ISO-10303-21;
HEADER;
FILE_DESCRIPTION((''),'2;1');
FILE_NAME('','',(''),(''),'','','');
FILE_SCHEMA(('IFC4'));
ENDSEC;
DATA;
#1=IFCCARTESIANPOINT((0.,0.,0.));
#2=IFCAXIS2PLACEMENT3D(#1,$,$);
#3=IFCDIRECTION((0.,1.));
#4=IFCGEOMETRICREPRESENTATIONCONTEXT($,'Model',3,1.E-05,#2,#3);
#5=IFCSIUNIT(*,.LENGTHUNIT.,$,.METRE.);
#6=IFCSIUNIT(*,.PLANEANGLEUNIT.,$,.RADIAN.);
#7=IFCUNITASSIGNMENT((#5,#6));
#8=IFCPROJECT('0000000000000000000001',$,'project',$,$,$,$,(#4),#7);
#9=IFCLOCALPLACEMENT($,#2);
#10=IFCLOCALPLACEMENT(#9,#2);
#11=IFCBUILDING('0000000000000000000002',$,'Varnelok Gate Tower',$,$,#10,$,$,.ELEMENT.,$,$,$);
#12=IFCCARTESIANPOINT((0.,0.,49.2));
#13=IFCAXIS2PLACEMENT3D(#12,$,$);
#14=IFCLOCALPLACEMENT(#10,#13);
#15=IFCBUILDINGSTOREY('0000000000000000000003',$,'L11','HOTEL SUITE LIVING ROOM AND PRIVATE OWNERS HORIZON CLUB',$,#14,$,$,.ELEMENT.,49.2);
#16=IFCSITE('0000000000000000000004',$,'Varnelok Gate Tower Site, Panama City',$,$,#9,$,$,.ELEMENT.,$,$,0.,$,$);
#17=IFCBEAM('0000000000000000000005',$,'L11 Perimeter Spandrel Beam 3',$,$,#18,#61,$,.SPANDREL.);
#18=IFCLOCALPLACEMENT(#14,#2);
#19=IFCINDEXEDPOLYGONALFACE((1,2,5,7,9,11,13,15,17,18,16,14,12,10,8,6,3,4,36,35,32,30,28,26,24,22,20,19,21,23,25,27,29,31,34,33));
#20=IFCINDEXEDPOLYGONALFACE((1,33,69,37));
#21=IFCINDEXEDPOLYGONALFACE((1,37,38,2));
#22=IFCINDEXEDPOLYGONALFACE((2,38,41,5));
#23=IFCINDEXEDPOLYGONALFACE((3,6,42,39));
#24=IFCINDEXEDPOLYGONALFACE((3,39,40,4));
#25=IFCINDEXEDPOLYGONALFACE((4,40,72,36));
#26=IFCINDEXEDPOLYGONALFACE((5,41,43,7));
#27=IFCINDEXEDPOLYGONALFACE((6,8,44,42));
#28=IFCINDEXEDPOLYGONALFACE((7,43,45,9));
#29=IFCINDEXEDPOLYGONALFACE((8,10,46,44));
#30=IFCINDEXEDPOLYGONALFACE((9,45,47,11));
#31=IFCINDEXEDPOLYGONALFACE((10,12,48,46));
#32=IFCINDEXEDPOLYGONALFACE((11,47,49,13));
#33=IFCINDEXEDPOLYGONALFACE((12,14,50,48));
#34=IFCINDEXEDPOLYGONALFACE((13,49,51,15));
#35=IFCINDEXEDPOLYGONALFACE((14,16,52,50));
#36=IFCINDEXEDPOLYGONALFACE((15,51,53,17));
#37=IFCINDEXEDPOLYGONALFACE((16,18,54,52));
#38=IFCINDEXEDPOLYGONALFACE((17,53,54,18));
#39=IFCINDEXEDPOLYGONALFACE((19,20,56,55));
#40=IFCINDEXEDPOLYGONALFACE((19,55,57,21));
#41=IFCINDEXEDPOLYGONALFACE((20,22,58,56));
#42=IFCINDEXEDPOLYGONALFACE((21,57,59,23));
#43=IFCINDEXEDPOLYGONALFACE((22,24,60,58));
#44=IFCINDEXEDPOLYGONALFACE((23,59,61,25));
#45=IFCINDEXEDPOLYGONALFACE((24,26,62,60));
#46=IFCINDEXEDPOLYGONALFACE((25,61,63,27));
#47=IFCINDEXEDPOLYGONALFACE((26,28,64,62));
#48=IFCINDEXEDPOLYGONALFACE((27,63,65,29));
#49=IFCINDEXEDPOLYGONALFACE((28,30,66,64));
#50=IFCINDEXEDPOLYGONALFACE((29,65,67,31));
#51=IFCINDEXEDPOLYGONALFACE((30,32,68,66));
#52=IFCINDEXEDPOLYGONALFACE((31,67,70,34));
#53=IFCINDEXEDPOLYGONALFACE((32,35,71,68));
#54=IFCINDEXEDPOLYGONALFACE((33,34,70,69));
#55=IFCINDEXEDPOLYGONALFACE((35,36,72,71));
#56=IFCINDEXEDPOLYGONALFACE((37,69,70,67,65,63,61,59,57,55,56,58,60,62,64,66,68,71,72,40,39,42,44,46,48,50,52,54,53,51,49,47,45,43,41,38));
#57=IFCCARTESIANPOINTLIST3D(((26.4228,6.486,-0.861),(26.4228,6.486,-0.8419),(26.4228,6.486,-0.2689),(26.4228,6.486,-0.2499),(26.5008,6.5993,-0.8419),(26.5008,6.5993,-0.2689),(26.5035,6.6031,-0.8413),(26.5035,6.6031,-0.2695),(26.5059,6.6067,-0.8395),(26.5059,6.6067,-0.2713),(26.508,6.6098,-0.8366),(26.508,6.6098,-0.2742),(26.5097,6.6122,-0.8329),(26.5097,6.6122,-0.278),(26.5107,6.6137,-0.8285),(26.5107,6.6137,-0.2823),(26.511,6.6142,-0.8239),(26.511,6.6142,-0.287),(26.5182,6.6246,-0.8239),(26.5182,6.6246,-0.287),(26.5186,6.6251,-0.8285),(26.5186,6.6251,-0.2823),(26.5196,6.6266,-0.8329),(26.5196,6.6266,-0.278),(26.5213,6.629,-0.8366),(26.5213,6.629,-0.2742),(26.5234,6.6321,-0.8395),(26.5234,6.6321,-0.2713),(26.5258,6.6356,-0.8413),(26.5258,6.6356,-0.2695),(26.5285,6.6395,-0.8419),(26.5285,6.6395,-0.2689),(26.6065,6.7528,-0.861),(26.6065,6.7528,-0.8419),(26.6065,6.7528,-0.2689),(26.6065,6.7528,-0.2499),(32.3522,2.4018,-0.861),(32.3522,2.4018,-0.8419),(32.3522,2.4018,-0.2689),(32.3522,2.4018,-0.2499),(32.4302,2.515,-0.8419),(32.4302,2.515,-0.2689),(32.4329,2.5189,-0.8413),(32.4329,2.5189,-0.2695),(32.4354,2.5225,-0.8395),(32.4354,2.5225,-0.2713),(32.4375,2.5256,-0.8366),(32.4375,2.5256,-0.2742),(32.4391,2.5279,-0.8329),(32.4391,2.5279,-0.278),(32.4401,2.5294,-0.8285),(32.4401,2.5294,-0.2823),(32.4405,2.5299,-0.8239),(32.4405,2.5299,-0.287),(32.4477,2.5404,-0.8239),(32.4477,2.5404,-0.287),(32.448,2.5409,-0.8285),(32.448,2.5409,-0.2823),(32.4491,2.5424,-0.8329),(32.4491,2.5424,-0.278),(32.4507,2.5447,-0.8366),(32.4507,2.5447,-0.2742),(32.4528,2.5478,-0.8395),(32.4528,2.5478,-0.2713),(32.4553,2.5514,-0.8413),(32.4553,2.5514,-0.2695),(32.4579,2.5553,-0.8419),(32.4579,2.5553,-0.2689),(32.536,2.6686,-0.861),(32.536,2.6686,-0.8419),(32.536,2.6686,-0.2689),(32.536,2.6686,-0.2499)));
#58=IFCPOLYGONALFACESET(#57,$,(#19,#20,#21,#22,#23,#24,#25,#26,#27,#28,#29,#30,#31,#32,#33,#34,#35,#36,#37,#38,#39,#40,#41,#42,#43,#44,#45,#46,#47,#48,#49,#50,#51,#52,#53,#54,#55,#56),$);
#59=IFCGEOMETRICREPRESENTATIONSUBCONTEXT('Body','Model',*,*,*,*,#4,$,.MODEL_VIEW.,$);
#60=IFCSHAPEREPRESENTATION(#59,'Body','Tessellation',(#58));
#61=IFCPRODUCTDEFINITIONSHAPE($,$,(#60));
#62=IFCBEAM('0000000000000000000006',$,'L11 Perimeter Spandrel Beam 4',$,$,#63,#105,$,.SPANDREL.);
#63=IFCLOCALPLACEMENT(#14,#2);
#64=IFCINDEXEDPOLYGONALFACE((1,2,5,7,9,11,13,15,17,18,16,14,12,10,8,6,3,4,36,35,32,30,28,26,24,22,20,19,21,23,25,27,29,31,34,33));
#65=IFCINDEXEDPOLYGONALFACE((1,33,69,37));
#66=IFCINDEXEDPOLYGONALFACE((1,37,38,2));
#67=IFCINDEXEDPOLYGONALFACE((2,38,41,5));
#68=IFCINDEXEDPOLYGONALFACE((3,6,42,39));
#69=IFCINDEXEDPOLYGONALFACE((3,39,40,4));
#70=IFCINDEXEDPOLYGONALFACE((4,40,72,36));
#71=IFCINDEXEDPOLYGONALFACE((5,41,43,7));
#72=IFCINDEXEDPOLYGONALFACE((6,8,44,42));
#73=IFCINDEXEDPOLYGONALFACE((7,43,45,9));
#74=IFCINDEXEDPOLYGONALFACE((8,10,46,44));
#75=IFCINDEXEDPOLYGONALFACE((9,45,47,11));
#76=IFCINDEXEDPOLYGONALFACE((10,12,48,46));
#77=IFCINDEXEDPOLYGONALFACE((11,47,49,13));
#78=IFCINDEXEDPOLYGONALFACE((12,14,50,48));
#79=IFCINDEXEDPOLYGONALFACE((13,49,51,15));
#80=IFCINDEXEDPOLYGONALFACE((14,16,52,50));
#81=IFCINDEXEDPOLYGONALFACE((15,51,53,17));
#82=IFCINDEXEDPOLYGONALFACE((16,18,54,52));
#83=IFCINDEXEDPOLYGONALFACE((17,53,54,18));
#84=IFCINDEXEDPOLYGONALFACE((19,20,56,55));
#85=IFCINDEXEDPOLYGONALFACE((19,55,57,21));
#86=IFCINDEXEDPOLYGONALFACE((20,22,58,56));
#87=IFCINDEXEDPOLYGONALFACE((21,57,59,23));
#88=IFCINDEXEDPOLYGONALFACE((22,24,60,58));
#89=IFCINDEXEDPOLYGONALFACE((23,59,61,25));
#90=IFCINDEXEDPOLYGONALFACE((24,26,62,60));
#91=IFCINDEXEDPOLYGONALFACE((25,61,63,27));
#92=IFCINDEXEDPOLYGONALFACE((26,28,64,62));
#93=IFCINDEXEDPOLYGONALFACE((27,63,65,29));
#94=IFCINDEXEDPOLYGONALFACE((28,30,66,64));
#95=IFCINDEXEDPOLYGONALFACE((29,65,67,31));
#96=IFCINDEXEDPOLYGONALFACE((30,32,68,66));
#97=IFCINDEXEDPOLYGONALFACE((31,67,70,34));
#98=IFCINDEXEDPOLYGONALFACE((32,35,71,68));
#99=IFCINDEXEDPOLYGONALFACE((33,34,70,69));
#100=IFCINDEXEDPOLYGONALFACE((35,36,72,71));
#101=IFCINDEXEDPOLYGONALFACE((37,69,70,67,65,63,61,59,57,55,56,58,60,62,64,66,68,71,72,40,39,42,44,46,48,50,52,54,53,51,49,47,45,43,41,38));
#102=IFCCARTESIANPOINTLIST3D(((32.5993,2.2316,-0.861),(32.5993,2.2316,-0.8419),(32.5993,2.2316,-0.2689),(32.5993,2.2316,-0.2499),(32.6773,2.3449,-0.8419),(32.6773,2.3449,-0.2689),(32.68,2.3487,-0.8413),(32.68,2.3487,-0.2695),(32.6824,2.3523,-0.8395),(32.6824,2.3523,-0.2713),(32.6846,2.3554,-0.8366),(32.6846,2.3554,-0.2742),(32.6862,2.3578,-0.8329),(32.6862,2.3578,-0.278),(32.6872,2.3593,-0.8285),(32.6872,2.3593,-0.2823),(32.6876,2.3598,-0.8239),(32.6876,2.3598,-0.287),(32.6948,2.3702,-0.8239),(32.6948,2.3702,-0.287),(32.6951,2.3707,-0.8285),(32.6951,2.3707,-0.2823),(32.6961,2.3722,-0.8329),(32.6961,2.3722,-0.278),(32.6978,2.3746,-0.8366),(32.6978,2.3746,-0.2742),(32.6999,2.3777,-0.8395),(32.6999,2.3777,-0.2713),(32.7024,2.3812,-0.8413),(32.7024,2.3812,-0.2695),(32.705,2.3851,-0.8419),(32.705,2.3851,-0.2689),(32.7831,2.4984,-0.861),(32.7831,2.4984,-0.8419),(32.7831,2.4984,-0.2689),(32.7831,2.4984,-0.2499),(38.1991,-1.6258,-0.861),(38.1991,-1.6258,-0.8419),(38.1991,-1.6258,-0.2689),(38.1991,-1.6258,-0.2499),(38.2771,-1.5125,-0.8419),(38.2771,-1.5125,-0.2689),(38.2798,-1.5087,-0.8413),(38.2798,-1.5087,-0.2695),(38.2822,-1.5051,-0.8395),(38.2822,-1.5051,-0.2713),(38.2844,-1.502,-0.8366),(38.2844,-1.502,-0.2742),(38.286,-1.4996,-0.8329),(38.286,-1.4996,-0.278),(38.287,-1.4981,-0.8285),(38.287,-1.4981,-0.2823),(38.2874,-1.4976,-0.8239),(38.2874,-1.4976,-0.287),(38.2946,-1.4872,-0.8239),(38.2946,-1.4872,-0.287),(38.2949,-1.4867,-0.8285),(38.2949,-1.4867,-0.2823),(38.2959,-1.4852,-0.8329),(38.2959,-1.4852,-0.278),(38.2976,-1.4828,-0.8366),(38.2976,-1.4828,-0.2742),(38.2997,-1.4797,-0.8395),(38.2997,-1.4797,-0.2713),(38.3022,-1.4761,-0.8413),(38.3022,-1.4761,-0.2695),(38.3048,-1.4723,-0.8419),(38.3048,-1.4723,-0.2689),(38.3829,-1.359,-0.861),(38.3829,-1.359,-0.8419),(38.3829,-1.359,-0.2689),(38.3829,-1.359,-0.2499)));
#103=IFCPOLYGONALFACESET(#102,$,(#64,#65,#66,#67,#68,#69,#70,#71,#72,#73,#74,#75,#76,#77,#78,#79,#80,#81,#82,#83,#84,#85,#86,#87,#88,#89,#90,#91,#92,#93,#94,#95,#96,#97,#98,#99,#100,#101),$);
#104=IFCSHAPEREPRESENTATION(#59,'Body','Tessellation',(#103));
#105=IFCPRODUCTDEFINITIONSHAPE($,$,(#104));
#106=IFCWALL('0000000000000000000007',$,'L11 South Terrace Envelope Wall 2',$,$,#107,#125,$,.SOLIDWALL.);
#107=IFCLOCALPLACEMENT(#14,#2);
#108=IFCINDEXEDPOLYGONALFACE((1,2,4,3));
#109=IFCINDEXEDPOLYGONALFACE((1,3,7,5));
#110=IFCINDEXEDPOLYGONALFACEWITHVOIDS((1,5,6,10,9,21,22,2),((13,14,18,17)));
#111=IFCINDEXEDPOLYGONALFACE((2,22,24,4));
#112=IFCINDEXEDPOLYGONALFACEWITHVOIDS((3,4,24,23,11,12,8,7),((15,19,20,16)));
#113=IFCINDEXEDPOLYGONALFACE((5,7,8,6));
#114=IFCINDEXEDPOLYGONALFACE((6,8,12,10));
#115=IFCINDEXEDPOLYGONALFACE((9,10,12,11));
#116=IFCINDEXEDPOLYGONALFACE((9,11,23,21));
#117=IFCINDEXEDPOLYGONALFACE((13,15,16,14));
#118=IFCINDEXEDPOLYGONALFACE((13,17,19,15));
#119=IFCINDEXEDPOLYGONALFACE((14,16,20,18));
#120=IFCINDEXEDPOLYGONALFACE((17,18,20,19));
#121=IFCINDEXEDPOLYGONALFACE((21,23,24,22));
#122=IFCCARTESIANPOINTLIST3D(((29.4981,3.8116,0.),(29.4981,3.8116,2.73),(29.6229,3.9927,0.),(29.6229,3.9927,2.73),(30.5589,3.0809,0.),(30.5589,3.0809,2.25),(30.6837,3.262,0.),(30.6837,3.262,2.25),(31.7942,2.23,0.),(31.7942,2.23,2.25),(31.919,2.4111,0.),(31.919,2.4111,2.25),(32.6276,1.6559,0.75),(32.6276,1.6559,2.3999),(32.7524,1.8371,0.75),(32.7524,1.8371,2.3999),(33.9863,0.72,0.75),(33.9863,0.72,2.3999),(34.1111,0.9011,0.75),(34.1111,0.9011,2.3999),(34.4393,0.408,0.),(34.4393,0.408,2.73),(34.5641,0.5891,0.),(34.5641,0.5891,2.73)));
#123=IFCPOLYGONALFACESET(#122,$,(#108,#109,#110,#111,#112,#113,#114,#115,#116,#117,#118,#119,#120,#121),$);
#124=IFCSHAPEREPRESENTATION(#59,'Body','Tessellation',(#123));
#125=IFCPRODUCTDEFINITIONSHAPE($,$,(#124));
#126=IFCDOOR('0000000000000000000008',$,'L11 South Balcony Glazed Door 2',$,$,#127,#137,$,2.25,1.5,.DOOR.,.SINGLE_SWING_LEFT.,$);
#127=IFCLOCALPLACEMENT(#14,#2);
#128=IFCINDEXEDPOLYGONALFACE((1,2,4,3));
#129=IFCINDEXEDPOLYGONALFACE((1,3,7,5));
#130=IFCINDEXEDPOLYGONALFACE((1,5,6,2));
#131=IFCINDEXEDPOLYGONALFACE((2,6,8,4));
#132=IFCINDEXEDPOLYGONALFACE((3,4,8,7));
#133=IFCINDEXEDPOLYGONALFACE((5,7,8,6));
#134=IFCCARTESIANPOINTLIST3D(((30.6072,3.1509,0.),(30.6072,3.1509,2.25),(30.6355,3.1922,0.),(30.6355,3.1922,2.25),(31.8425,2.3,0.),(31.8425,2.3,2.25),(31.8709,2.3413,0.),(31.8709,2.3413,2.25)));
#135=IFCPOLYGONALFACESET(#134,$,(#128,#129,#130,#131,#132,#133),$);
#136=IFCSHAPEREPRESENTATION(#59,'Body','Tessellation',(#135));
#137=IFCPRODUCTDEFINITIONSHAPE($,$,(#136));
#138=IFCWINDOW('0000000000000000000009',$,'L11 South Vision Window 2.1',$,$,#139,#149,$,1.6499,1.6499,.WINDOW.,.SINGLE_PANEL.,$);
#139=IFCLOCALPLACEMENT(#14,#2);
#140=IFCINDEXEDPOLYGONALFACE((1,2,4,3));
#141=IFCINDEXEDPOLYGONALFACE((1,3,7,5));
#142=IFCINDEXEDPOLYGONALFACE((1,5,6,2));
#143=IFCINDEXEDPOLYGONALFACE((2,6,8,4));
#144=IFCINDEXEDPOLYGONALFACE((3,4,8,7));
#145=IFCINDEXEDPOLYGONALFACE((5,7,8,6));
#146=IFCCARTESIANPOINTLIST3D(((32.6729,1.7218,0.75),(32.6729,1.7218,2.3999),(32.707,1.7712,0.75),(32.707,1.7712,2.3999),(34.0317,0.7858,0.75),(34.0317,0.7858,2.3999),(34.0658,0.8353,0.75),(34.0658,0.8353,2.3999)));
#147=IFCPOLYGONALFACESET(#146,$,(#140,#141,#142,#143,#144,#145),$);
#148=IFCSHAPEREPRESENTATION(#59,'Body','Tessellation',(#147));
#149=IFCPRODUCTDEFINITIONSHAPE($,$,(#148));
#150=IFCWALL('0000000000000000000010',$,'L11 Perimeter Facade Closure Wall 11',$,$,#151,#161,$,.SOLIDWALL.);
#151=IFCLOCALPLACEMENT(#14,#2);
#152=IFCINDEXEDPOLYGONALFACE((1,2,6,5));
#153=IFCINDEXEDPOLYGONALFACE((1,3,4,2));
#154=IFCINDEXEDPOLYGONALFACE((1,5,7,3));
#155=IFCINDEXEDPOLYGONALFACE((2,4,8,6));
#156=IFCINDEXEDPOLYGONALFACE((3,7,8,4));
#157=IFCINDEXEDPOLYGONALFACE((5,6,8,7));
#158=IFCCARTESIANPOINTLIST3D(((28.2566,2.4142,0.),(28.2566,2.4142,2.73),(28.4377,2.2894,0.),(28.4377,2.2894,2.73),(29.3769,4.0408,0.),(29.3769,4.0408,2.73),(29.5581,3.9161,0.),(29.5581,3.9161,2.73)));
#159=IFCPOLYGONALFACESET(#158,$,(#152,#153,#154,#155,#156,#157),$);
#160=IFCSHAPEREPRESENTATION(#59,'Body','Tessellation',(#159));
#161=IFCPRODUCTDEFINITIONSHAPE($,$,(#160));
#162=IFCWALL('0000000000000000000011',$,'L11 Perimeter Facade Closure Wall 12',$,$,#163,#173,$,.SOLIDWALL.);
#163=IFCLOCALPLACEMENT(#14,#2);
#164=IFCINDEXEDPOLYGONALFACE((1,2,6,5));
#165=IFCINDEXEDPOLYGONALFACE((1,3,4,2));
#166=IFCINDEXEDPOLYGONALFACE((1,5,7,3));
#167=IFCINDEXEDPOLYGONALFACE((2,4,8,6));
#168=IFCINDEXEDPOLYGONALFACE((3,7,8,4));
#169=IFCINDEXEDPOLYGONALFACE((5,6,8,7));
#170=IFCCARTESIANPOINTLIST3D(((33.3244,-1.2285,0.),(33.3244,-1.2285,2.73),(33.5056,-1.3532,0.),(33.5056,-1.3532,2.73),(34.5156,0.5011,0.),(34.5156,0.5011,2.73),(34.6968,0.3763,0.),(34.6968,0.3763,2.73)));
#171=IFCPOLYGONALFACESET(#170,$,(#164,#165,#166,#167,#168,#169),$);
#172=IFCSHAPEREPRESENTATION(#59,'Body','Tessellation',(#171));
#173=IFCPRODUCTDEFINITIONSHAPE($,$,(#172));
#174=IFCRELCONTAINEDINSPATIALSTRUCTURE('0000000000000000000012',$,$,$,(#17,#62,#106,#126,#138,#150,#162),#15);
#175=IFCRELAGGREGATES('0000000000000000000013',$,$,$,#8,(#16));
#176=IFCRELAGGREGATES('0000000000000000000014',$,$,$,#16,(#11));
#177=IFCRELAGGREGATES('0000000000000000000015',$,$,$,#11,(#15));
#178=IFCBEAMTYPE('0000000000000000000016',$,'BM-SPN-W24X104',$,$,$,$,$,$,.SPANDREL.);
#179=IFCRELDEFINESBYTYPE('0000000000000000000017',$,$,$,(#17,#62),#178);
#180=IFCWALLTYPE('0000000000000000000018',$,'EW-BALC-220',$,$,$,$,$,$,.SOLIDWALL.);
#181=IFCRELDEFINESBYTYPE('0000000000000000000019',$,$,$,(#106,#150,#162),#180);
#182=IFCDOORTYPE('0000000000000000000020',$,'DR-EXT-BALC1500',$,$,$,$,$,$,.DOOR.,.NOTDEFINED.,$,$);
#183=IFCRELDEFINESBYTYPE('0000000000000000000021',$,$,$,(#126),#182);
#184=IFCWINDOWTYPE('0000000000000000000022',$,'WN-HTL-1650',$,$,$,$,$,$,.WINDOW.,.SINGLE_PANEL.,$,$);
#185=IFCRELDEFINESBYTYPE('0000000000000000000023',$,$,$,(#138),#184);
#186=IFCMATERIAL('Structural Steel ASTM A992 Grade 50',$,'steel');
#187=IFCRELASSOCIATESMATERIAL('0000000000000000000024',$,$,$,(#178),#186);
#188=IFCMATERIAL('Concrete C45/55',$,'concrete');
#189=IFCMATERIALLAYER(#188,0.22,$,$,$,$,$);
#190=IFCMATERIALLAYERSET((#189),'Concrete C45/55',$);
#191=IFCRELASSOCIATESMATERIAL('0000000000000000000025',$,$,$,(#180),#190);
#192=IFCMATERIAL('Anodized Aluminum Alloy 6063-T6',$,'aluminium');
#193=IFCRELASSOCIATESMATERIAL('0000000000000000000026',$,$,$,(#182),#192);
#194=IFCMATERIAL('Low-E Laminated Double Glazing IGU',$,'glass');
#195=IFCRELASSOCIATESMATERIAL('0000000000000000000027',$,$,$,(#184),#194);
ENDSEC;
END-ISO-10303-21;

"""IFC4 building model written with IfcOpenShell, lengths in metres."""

from ifc_helpers import new_model, si_unit, direction, frame, frame_2d, origin, origin_2d, place, context, subcontext, project, spatial, rectangle, i_section, extrude, material, layer, layer_set, material_profile, profile_set, type_object, element, fill, save


model = new_model("IFC4")

# Units and contexts
model_context = context("Model", 3, precision=1e-05, world=origin(), true_north=direction((0.0, 1.0)))
body_context = subcontext(model_context, "Body", "Model", "MODEL_VIEW")
ifc_project = project(units=[si_unit("LENGTHUNIT", "METRE"), si_unit("PLANEANGLEUNIT", "RADIAN")], contexts=[model_context])

# Site, building, storey
site_placement = place(None, origin())
site = spatial("IfcSite", under=ifc_project, at=site_placement, Name="Varnelok Gate Tower Site, Panama City", CompositionType="ELEMENT", RefElevation=0.0)
building_placement = place(site_placement, origin())
building = spatial("IfcBuilding", under=site, at=building_placement, Name="Varnelok Gate Tower", CompositionType="ELEMENT")
storey_placement = place(building_placement, frame((0.0, 0.0, 49.2)))
storey = spatial("IfcBuildingStorey", under=building, at=storey_placement, Name="L11", Description="HOTEL SUITE LIVING ROOM AND PRIVATE OWNERS HORIZON CLUB", CompositionType="ELEMENT", Elevation=49.2)

# Shared definitions
ifc_material_1 = material(Name="Structural Steel ASTM A992 Grade 50", Category="steel")

# Beams
ifc_material_profile_1 = material_profile(ifc_material_1, i_section(OverallWidth=0.324, OverallDepth=0.6111, WebThickness=0.0127, FlangeThickness=0.019, FilletRadius=0.0181, at=origin_2d()), Name="W24X104")
ifc_profile_set_1 = profile_set([ifc_material_profile_1], Name="Structural Steel ASTM A992 Grade 50")
beam_type_1 = type_object("IfcBeamType", Name="BM-SPN-W24X104", PredefinedType="SPANDREL", material=ifc_profile_set_1)
beam_1_placement = place(storey_placement, frame((26.5146, 6.6194, -0.5554), z_axis=(0.82354, -0.567258, 0.0), x_axis=(0.567258, 0.82354, 0.0)))
element("IfcBeam", 1, at=beam_1_placement, inside=storey, type_object=beam_type_1, Name="L11 Perimeter Spandrel Beam 3", PredefinedType="SPANDREL", context=body_context, shape_type="SweptSolid", body=[
    extrude(i_section(OverallWidth=0.324, OverallDepth=0.6111, WebThickness=0.0127, FlangeThickness=0.019, FilletRadius=0.0181, at=origin_2d()), origin(), (0.0, 0.0, 1.0), 7.2),
])
beam_2_placement = place(storey_placement, frame((32.6912, 2.365, -0.5554), z_axis=(0.823525, -0.56728, 0.0), x_axis=(0.56728, 0.823525, 0.0)))
element("IfcBeam", 2, at=beam_2_placement, inside=storey, type_object=beam_type_1, Name="L11 Perimeter Spandrel Beam 4", PredefinedType="SPANDREL", context=body_context, shape_type="SweptSolid", body=[
    extrude(i_section(OverallWidth=0.324, OverallDepth=0.6111, WebThickness=0.0127, FlangeThickness=0.019, FilletRadius=0.0181, at=origin_2d()), origin(), (0.0, 0.0, 1.0), 6.7998),
])

# Wall, openings, door, window
ifc_material_2 = material(Name="Concrete C45/55", Category="concrete")
ifc_layer_1 = layer(ifc_material_2, 0.22)
ifc_layer_set_1 = layer_set([ifc_layer_1], Name="Concrete C45/55")
wall_type_1 = type_object("IfcWallType", Name="EW-BALC-220", PredefinedType="SOLIDWALL", material=ifc_layer_set_1)
wall_1_placement = place(storey_placement, frame((34.5017, 0.4985, 0.0), z_axis=(0.0, 0.0, 1.0), x_axis=(-0.823535, 0.567266, 0.0)))
wall_1 = element("IfcWall", 3, at=wall_1_placement, inside=storey, type_object=wall_type_1, Name="L11 South Terrace Envelope Wall 2", PredefinedType="SOLIDWALL", context=body_context, shape_type="SweptSolid", body=[
    extrude(rectangle(XDim=6.0, YDim=0.22, at=frame_2d((3.0, 0.0))), origin(), (0.0, 0.0, 1.0), 2.73),
])
opening_1_placement = place(wall_1_placement, frame((3.2119, 0.0, 0.0)))
opening_1 = element("IfcOpeningElement", 4, at=opening_1_placement, cuts=wall_1, PredefinedType="OPENING", context=body_context, shape_type="SweptSolid", body=[
    extrude(rectangle(XDim=1.5, YDim=2.25, at=frame_2d((0.75, 1.125))), frame((0.0, 0.1199, 0.0), z_axis=(0.0, -1.0, 0.0), x_axis=(1.0, 0.0, 0.0)), (0.0, 0.0, 1.0), 0.24),
])
opening_2_placement = place(wall_1_placement, frame((0.55, 0.0, 0.75)))
opening_2 = element("IfcOpeningElement", 5, at=opening_2_placement, cuts=wall_1, PredefinedType="OPENING", context=body_context, shape_type="SweptSolid", body=[
    extrude(rectangle(XDim=1.6499, YDim=1.6499, at=frame_2d((0.825, 0.825))), frame((0.0, 0.1199, 0.0), z_axis=(0.0, -1.0, 0.0), x_axis=(1.0, 0.0, 0.0)), (0.0, 0.0, 1.0), 0.24),
])
ifc_material_3 = material(Name="Anodized Aluminum Alloy 6063-T6", Category="aluminium")
door_type_1 = type_object("IfcDoorType", Name="DR-EXT-BALC1500", OperationType="NOTDEFINED", PredefinedType="DOOR", material=ifc_material_3)
door_1_placement = place(opening_1_placement, origin())
door_1 = element("IfcDoor", 6, at=door_1_placement, inside=storey, type_object=door_type_1, Name="L11 South Balcony Glazed Door 2", OperationType="SINGLE_SWING_LEFT", OverallHeight=2.25, OverallWidth=1.5, PredefinedType="DOOR", context=body_context, shape_type="SweptSolid", body=[
    extrude(rectangle(XDim=1.5, YDim=2.25, at=frame_2d((0.75, 1.125))), frame((0.0, 0.0249, 0.0), z_axis=(0.0, -1.0, 0.0), x_axis=(1.0, 0.0, 0.0)), (0.0, 0.0, 1.0), 0.05),
])
fill(opening_1, door_1)
ifc_material_4 = material(Name="Low-E Laminated Double Glazing IGU", Category="glass")
window_type = type_object("IfcWindowType", Name="WN-HTL-1650", PartitioningType="SINGLE_PANEL", PredefinedType="WINDOW", material=ifc_material_4)
window_1_placement = place(opening_2_placement, origin())
window_1 = element("IfcWindow", 7, at=window_1_placement, inside=storey, type_object=window_type, Name="L11 South Vision Window 2.1", OverallHeight=1.6499, OverallWidth=1.6499, PartitioningType="SINGLE_PANEL", PredefinedType="WINDOW", context=body_context, shape_type="SweptSolid", body=[
    extrude(rectangle(XDim=1.6499, YDim=1.6499, at=frame_2d((0.825, 0.825))), frame((0.0, 0.03, 0.0), z_axis=(0.0, -1.0, 0.0), x_axis=(1.0, 0.0, 0.0)), (0.0, 0.0, 1.0), 0.0601),
])
fill(opening_2, window_1)

# Walls
wall_2_placement = place(storey_placement, frame((28.3472, 2.3518, 0.0), z_axis=(0.0, 0.0, 1.0), x_axis=(0.567216, 0.823569, 0.0)))
element("IfcWall", 8, at=wall_2_placement, inside=storey, type_object=wall_type_1, Name="L11 Perimeter Facade Closure Wall 11", PredefinedType="SOLIDWALL", context=body_context, shape_type="SweptSolid", body=[
    extrude(rectangle(XDim=1.9751, YDim=0.22, at=frame_2d((0.9875, 0.0))), origin(), (0.0, 0.0, 1.0), 2.73),
])
wall_3_placement = place(storey_placement, frame((34.6062, 0.4387, 0.0), z_axis=(0.0, 0.0, 1.0), x_axis=(-0.567219, -0.823567, 0.0)))
element("IfcWall", 9, at=wall_3_placement, inside=storey, type_object=wall_type_1, Name="L11 Perimeter Facade Closure Wall 12", PredefinedType="SOLIDWALL", context=body_context, shape_type="SweptSolid", body=[
    extrude(rectangle(XDim=2.1001, YDim=0.22, at=frame_2d((1.05, 0.0))), origin(), (0.0, 0.0, 1.0), 2.73),
])

save(model, "model.ifc")
